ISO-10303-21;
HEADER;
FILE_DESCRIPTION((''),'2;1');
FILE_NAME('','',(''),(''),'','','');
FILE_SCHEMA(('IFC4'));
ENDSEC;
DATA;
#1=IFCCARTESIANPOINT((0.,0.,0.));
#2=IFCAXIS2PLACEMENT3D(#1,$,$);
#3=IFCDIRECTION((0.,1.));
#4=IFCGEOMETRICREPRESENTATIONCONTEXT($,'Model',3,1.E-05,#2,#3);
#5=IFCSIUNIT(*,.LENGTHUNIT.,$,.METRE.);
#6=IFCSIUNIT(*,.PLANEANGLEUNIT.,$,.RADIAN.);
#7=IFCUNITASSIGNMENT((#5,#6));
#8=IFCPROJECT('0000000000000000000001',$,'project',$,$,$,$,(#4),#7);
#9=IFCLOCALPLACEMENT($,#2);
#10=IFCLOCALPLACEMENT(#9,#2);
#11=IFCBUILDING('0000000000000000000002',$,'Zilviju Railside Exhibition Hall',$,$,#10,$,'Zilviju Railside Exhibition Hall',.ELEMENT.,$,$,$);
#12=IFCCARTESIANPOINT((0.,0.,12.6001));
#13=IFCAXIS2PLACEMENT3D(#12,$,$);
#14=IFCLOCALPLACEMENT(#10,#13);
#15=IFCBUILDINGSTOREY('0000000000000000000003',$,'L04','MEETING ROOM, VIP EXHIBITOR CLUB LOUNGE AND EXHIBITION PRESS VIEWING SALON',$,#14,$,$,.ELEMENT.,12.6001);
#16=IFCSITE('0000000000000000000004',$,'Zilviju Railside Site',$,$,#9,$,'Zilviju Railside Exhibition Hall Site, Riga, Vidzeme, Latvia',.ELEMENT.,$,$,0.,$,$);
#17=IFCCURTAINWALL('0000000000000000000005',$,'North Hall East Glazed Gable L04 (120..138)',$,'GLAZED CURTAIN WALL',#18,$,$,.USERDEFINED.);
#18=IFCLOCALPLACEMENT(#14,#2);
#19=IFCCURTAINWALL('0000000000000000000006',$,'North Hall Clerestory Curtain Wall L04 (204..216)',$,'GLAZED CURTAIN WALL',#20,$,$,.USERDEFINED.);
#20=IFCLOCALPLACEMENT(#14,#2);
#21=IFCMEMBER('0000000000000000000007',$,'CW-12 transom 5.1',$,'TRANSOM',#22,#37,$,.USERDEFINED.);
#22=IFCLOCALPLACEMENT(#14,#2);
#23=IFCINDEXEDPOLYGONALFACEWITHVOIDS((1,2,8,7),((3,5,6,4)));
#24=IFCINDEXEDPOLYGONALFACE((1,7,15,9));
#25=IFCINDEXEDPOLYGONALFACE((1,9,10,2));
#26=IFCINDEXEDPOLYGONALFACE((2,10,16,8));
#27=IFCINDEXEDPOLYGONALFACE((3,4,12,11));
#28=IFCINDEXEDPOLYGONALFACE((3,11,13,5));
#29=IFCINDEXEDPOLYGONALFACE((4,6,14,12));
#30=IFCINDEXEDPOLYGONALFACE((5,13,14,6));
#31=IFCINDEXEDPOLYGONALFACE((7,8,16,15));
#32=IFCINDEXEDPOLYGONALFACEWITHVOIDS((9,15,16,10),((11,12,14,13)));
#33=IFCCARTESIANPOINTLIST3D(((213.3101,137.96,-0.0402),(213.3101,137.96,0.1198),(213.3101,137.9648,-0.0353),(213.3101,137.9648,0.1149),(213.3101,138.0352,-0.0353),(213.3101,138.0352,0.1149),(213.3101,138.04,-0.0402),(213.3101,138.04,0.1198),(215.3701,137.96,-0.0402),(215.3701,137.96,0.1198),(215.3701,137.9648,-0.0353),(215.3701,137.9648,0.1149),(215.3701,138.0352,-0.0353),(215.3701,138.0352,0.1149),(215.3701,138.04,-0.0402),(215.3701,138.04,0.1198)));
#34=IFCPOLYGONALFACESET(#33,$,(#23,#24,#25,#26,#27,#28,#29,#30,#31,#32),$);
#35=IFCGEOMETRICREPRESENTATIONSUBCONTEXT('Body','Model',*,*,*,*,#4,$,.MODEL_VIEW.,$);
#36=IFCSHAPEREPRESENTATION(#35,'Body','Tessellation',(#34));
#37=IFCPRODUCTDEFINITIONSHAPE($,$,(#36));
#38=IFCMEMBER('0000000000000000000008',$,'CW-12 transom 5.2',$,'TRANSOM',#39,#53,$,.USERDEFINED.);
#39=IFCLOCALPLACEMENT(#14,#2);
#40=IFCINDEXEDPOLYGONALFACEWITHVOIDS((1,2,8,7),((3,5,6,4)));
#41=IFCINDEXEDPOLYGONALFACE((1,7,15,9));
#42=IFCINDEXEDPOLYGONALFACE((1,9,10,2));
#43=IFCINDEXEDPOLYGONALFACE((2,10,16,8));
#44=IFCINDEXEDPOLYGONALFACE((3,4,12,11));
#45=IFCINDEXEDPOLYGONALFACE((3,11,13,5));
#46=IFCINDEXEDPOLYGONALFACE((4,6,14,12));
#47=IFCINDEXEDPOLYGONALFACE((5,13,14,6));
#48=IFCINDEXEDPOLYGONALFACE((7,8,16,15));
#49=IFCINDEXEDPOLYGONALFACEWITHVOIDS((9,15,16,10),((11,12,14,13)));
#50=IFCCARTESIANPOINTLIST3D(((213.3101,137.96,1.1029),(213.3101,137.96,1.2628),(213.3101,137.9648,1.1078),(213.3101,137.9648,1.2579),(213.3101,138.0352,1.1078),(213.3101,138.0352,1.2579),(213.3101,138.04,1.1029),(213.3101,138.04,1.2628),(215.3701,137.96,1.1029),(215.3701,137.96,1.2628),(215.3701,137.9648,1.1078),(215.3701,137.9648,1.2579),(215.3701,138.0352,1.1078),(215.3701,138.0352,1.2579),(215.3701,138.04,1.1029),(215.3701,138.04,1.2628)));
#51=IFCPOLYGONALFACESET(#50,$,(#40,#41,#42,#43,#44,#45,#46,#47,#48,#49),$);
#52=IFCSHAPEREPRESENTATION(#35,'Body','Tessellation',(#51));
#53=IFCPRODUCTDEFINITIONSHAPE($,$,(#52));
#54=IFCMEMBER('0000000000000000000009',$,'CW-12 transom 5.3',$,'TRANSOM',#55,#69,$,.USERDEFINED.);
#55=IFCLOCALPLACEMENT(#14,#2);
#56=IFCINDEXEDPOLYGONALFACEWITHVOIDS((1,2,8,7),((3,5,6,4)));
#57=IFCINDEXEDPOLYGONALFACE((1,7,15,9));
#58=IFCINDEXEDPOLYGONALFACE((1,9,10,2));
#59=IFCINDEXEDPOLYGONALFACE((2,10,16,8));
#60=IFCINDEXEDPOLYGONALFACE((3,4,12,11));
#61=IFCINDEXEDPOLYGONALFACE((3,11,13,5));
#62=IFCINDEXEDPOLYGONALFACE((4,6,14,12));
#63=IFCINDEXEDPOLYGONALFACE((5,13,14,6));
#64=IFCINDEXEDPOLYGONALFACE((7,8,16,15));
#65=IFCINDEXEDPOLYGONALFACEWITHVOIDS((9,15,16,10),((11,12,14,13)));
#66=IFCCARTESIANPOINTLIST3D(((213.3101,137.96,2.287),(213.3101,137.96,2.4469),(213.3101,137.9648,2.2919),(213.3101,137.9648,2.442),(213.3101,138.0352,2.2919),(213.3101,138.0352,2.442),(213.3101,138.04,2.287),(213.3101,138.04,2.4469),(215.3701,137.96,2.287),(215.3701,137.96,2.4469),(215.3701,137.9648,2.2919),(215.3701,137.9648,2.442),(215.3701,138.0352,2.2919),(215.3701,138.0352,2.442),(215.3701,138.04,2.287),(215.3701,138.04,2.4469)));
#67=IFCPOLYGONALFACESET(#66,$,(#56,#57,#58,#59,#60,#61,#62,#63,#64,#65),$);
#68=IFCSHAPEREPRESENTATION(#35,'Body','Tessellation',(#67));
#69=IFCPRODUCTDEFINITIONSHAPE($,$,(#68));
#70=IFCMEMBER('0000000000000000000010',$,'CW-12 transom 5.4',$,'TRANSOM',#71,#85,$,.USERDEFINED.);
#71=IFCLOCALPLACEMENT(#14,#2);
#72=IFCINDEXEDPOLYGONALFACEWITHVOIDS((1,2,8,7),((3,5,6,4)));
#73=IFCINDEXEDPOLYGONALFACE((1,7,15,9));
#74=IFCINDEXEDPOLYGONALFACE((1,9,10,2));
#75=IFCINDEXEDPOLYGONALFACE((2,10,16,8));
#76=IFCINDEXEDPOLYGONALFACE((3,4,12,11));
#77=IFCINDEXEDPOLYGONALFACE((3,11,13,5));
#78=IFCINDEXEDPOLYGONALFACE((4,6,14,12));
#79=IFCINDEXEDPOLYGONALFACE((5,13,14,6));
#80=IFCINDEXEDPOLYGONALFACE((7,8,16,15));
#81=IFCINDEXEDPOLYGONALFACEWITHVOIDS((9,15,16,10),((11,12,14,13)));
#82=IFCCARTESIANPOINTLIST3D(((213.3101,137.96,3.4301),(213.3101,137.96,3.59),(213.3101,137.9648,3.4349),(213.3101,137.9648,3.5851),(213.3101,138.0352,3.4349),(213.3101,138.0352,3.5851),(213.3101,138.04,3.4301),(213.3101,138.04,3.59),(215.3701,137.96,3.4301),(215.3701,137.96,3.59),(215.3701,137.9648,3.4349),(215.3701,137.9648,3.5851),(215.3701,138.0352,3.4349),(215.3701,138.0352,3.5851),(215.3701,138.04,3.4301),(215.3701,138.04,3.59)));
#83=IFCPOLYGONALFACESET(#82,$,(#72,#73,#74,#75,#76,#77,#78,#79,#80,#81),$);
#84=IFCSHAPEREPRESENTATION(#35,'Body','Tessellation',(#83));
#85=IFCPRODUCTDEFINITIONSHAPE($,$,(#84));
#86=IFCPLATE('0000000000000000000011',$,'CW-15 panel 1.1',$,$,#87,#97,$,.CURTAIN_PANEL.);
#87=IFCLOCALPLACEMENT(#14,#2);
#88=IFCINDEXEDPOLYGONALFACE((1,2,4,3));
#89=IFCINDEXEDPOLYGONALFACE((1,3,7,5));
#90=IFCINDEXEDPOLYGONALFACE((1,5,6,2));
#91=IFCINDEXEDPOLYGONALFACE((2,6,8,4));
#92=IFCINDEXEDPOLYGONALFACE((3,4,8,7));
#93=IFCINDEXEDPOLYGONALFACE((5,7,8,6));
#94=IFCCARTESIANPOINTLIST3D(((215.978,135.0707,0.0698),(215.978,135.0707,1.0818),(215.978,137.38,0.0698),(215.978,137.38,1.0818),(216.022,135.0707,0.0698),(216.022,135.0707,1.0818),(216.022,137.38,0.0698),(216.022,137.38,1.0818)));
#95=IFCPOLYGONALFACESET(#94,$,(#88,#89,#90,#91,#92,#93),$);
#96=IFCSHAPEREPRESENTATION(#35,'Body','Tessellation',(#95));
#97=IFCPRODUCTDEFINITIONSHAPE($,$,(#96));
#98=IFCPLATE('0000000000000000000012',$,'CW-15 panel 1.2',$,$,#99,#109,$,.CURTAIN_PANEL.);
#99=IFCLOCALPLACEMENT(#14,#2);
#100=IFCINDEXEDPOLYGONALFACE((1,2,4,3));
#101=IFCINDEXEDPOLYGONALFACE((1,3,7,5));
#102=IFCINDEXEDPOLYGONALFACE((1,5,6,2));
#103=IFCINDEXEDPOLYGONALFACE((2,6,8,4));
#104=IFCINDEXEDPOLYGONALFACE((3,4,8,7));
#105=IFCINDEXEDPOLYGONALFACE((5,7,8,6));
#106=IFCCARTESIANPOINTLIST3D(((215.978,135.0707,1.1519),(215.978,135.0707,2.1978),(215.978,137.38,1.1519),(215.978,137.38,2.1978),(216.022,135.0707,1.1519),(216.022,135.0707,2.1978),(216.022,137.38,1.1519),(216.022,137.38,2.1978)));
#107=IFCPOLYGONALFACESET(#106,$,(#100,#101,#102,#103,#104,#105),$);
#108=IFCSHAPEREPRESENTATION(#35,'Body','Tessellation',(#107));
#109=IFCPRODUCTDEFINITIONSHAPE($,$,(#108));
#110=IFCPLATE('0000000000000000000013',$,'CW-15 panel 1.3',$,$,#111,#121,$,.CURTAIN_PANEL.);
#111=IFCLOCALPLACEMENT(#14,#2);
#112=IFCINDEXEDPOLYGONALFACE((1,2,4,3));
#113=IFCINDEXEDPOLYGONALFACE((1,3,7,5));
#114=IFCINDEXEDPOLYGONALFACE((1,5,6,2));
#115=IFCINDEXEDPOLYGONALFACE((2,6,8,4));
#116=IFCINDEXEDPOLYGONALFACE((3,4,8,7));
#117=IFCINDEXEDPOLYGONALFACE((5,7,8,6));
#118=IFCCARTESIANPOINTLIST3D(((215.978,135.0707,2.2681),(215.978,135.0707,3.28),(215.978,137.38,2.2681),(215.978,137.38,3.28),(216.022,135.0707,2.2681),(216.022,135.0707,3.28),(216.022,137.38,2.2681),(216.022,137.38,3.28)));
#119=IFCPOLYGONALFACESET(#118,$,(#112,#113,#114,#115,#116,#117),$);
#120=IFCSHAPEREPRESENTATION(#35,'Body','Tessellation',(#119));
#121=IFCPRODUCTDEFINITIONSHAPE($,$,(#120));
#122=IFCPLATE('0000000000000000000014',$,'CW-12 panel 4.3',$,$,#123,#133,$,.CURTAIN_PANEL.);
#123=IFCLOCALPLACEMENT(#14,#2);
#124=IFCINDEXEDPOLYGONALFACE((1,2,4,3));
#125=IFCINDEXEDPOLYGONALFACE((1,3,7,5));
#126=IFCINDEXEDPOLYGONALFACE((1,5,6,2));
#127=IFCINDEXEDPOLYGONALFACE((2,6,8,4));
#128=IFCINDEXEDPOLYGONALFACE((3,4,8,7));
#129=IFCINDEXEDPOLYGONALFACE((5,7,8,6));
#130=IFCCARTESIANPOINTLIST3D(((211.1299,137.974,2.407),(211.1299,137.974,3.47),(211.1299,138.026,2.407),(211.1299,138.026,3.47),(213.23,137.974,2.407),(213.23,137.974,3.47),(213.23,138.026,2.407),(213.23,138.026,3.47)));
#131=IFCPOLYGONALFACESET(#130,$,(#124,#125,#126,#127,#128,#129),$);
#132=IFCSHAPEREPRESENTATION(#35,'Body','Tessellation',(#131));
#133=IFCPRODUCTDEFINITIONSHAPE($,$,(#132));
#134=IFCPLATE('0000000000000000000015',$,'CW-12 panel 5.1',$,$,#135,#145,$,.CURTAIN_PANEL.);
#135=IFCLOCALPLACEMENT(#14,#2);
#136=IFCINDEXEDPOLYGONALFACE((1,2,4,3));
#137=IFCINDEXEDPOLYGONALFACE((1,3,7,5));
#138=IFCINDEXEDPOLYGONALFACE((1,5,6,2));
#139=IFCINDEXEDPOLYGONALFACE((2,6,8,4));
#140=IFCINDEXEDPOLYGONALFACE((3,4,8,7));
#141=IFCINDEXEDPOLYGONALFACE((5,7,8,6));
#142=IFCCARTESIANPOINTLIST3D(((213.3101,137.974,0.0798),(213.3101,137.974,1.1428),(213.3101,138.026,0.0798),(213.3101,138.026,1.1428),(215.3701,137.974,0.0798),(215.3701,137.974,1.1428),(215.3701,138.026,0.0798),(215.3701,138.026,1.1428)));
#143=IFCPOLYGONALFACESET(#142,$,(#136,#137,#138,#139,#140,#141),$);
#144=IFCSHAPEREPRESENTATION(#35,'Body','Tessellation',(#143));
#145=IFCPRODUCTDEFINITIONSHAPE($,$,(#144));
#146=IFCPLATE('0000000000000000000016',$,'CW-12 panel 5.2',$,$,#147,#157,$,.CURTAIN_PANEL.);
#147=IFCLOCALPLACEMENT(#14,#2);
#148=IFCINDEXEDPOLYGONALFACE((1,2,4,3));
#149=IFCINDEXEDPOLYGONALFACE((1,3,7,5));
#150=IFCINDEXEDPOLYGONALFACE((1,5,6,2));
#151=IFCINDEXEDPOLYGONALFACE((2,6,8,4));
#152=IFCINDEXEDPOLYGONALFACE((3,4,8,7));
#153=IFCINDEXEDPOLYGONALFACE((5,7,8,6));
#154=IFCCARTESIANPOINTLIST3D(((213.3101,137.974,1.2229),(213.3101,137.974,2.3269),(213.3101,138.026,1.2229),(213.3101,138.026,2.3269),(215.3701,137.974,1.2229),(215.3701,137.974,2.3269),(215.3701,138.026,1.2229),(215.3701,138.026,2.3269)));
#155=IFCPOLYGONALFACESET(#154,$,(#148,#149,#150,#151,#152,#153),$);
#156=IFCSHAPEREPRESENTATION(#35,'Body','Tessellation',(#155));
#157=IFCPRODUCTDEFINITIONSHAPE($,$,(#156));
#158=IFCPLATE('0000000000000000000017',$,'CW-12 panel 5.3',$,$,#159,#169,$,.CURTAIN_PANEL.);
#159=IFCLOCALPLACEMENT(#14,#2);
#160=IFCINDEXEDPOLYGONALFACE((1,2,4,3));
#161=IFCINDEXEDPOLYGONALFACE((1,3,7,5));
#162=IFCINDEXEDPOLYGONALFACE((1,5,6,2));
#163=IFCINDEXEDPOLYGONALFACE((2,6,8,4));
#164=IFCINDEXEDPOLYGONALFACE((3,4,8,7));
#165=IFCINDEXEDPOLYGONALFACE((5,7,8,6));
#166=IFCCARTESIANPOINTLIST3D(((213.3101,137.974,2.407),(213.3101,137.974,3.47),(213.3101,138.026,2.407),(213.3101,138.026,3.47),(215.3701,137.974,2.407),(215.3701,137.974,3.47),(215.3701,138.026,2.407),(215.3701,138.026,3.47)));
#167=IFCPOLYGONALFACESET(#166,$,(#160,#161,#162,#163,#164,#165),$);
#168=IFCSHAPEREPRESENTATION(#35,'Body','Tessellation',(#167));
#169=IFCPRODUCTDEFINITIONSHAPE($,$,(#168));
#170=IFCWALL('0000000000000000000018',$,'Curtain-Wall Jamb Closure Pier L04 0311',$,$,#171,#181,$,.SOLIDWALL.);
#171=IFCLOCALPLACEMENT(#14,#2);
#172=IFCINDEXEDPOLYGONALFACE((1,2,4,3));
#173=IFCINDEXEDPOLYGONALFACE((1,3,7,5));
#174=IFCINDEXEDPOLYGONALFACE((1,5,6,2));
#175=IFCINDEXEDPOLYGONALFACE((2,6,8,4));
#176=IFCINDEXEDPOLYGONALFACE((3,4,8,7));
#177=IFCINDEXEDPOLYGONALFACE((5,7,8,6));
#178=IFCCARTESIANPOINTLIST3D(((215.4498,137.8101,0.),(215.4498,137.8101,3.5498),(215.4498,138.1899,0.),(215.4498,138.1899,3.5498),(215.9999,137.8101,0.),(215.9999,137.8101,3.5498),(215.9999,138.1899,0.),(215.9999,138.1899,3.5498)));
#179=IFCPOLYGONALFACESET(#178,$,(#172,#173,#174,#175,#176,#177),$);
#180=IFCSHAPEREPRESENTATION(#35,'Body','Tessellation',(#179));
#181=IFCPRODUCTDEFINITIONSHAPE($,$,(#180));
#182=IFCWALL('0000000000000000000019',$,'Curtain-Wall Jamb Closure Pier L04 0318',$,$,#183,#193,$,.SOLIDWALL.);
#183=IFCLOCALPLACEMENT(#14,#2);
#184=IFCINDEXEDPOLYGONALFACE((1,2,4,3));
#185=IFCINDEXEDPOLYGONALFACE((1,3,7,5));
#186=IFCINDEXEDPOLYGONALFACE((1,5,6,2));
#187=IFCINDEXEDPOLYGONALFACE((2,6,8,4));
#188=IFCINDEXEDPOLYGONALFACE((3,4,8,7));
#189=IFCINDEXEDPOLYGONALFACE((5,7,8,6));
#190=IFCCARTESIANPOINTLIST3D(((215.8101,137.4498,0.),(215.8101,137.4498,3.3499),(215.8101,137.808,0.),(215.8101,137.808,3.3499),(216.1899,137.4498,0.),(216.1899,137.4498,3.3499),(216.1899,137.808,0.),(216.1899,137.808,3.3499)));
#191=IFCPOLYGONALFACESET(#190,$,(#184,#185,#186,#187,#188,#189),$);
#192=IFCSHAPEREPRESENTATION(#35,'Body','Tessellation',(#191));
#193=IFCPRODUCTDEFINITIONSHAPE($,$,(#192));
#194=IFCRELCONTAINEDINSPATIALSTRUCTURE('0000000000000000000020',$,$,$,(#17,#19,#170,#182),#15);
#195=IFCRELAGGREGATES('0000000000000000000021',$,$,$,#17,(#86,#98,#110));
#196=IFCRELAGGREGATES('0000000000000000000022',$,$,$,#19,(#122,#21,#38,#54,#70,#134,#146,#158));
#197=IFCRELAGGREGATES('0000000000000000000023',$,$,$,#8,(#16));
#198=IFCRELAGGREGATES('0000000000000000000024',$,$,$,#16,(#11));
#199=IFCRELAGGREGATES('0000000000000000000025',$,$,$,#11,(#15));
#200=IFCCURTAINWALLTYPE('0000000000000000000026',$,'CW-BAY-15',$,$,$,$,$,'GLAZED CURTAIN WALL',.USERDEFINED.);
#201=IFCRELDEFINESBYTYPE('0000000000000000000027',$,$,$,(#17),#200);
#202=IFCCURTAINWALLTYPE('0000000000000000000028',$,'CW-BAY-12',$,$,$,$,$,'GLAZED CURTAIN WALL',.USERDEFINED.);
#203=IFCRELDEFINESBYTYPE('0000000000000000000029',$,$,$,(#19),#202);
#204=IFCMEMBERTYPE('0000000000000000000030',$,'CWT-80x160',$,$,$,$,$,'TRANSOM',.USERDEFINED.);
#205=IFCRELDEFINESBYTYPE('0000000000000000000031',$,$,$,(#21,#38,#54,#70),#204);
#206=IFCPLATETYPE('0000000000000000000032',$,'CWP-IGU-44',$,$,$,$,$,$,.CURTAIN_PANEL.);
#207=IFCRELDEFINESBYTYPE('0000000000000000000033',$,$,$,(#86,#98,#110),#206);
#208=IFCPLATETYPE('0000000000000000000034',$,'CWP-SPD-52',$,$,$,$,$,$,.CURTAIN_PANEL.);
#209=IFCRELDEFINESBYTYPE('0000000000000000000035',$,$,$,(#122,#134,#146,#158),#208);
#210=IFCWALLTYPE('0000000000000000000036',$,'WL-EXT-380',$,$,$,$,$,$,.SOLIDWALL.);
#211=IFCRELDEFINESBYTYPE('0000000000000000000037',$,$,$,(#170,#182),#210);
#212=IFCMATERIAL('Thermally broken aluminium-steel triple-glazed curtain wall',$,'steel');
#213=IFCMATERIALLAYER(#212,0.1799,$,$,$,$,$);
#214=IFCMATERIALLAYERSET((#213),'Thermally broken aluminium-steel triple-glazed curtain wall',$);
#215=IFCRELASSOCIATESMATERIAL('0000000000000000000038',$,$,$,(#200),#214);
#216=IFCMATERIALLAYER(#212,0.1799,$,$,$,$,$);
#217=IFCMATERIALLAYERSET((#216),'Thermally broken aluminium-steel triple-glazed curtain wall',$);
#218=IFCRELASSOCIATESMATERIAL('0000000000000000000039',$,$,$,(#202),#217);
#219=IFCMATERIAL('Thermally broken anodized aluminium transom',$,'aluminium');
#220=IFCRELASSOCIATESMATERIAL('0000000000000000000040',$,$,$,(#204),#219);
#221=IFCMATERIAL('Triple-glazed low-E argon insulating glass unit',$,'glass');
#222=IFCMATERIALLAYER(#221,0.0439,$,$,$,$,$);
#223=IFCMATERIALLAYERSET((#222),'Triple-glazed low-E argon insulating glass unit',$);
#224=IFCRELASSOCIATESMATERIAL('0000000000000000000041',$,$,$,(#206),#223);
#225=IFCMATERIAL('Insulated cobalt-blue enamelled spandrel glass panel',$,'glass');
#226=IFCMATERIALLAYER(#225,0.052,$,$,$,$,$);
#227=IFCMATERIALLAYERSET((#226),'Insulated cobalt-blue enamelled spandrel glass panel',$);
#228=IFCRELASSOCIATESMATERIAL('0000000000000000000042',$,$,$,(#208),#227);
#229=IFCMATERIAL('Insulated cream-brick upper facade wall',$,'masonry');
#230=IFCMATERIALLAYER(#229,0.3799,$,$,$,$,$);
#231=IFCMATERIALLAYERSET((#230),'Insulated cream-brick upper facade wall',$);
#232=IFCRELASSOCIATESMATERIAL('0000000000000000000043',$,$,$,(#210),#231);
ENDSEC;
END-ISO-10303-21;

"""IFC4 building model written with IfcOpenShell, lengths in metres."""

from ifc_helpers import new_model, si_unit, direction, frame, frame_2d, origin, origin_2d, place, context, subcontext, project, spatial, rectangle, hollow_rectangle, extrude, material, layer, layer_set, material_profile, profile_set, type_object, element, aggregate, save


model = new_model("IFC4")

# Units and contexts
model_context = context("Model", 3, precision=1e-05, world=origin(), true_north=direction((0.0, 1.0)))
body_context = subcontext(model_context, "Body", "Model", "MODEL_VIEW")
ifc_project = project(units=[si_unit("LENGTHUNIT", "METRE"), si_unit("PLANEANGLEUNIT", "RADIAN")], contexts=[model_context])

# Site, building, storey
site_placement = place(None, origin())
site = spatial("IfcSite", under=ifc_project, at=site_placement, Name="Zilviju Railside Site", LongName="Zilviju Railside Exhibition Hall Site, Riga, Vidzeme, Latvia", CompositionType="ELEMENT", RefElevation=0.0)
building_placement = place(site_placement, origin())
building = spatial("IfcBuilding", under=site, at=building_placement, Name="Zilviju Railside Exhibition Hall", LongName="Zilviju Railside Exhibition Hall", CompositionType="ELEMENT")
storey_placement = place(building_placement, frame((0.0, 0.0, 12.6001)))
storey = spatial("IfcBuildingStorey", under=building, at=storey_placement, Name="L04", Description="MEETING ROOM, VIP EXHIBITOR CLUB LOUNGE AND EXHIBITION PRESS VIEWING SALON", CompositionType="ELEMENT", Elevation=12.6001)

# Curtain walls
ifc_material_1 = material(Name="Thermally broken aluminium-steel triple-glazed curtain wall", Category="steel")
ifc_layer_1 = layer(ifc_material_1, 0.1799)
ifc_layer_set_1 = layer_set([ifc_layer_1], Name="Thermally broken aluminium-steel triple-glazed curtain wall")
curtain_wall_type_1 = type_object("IfcCurtainWallType", Name="CW-BAY-15", ElementType="GLAZED CURTAIN WALL", PredefinedType="USERDEFINED", material=ifc_layer_set_1)
curtain_wall_1_placement = place(storey_placement, origin())
curtain_wall_1 = element("IfcCurtainWall", 1, at=curtain_wall_1_placement, inside=storey, type_object=curtain_wall_type_1, Name="North Hall East Glazed Gable L04 (120..138)", ObjectType="GLAZED CURTAIN WALL", PredefinedType="USERDEFINED")
ifc_layer_2 = layer(ifc_material_1, 0.1799)
ifc_layer_set_2 = layer_set([ifc_layer_2], Name="Thermally broken aluminium-steel triple-glazed curtain wall")
curtain_wall_type_2 = type_object("IfcCurtainWallType", Name="CW-BAY-12", ElementType="GLAZED CURTAIN WALL", PredefinedType="USERDEFINED", material=ifc_layer_set_2)
curtain_wall_2_placement = place(storey_placement, origin())
curtain_wall_2 = element("IfcCurtainWall", 2, at=curtain_wall_2_placement, inside=storey, type_object=curtain_wall_type_2, Name="North Hall Clerestory Curtain Wall L04 (204..216)", ObjectType="GLAZED CURTAIN WALL", PredefinedType="USERDEFINED")

# Members
ifc_material_2 = material(Name="Thermally broken anodized aluminium transom", Category="aluminium")
ifc_material_profile_1 = material_profile(ifc_material_2, hollow_rectangle(XDim=0.0801, YDim=0.1599, WallThickness=0.0049, at=origin_2d()), Name="TRANSOM 160x80x5")
ifc_profile_set_1 = profile_set([ifc_material_profile_1], Name="Thermally broken anodized aluminium transom")
member_type_1 = type_object("IfcMemberType", Name="CWT-80x160", ElementType="TRANSOM", PredefinedType="USERDEFINED", material=ifc_profile_set_1)
member_1_placement = place(storey_placement, frame((213.3101, 138.0, 0.0398), z_axis=(1.0, 0.0, 0.0), x_axis=(0.0, 1.0, 0.0)))
member_1 = element("IfcMember", 3, at=member_1_placement, type_object=member_type_1, Name="CW-12 transom 5.1", ObjectType="TRANSOM", PredefinedType="USERDEFINED", context=body_context, shape_type="SweptSolid", body=[
    extrude(hollow_rectangle(XDim=0.0801, YDim=0.1599, WallThickness=0.0049, at=origin_2d()), origin(), (0.0, 0.0, 1.0), 2.0601),
])
member_2_placement = place(storey_placement, frame((213.3101, 138.0, 1.1829), z_axis=(1.0, 0.0, 0.0), x_axis=(0.0, 1.0, 0.0)))
member_2 = element("IfcMember", 4, at=member_2_placement, type_object=member_type_1, Name="CW-12 transom 5.2", ObjectType="TRANSOM", PredefinedType="USERDEFINED", context=body_context, shape_type="SweptSolid", body=[
    extrude(hollow_rectangle(XDim=0.0801, YDim=0.1599, WallThickness=0.0049, at=origin_2d()), origin(), (0.0, 0.0, 1.0), 2.0601),
])
member_3_placement = place(storey_placement, frame((213.3101, 138.0, 2.3669), z_axis=(1.0, 0.0, 0.0), x_axis=(0.0, 1.0, 0.0)))
member_3 = element("IfcMember", 5, at=member_3_placement, type_object=member_type_1, Name="CW-12 transom 5.3", ObjectType="TRANSOM", PredefinedType="USERDEFINED", context=body_context, shape_type="SweptSolid", body=[
    extrude(hollow_rectangle(XDim=0.0801, YDim=0.1599, WallThickness=0.0049, at=origin_2d()), origin(), (0.0, 0.0, 1.0), 2.0601),
])
member_4_placement = place(storey_placement, frame((213.3101, 138.0, 3.51), z_axis=(1.0, 0.0, 0.0), x_axis=(0.0, 1.0, 0.0)))
member_4 = element("IfcMember", 6, at=member_4_placement, type_object=member_type_1, Name="CW-12 transom 5.4", ObjectType="TRANSOM", PredefinedType="USERDEFINED", context=body_context, shape_type="SweptSolid", body=[
    extrude(hollow_rectangle(XDim=0.0801, YDim=0.1599, WallThickness=0.0049, at=origin_2d()), origin(), (0.0, 0.0, 1.0), 2.0601),
])

# Plates
ifc_material_3 = material(Name="Triple-glazed low-E argon insulating glass unit", Category="glass")
ifc_layer_3 = layer(ifc_material_3, 0.0439)
ifc_layer_set_3 = layer_set([ifc_layer_3], Name="Triple-glazed low-E argon insulating glass unit")
plate_type_1 = type_object("IfcPlateType", Name="CWP-IGU-44", PredefinedType="CURTAIN_PANEL", material=ifc_layer_set_3)
plate_1_placement = place(storey_placement, frame((216.0, 136.2253, 0.0698), z_axis=(0.0, 0.0, 1.0), x_axis=(0.0, -1.0, 0.0)))
plate_1 = element("IfcPlate", 7, at=plate_1_placement, type_object=plate_type_1, Name="CW-15 panel 1.1", PredefinedType="CURTAIN_PANEL", context=body_context, shape_type="SweptSolid", body=[
    extrude(rectangle(XDim=2.3093, YDim=0.0439, at=origin_2d()), origin(), (0.0, 0.0, 1.0), 1.012),
])
plate_2_placement = place(storey_placement, frame((216.0, 136.2253, 1.1519), z_axis=(0.0, 0.0, 1.0), x_axis=(0.0, -1.0, 0.0)))
plate_2 = element("IfcPlate", 8, at=plate_2_placement, type_object=plate_type_1, Name="CW-15 panel 1.2", PredefinedType="CURTAIN_PANEL", context=body_context, shape_type="SweptSolid", body=[
    extrude(rectangle(XDim=2.3093, YDim=0.0439, at=origin_2d()), origin(), (0.0, 0.0, 1.0), 1.0459),
])
plate_3_placement = place(storey_placement, frame((216.0, 136.2253, 2.2681), z_axis=(0.0, 0.0, 1.0), x_axis=(0.0, -1.0, 0.0)))
plate_3 = element("IfcPlate", 9, at=plate_3_placement, type_object=plate_type_1, Name="CW-15 panel 1.3", PredefinedType="CURTAIN_PANEL", context=body_context, shape_type="SweptSolid", body=[
    extrude(rectangle(XDim=2.3093, YDim=0.0439, at=origin_2d()), origin(), (0.0, 0.0, 1.0), 1.012),
])
aggregate(curtain_wall_1, [plate_1, plate_2, plate_3])
ifc_material_4 = material(Name="Insulated cobalt-blue enamelled spandrel glass panel", Category="glass")
ifc_layer_4 = layer(ifc_material_4, 0.052)
ifc_layer_set_4 = layer_set([ifc_layer_4], Name="Insulated cobalt-blue enamelled spandrel glass panel")
plate_type_2 = type_object("IfcPlateType", Name="CWP-SPD-52", PredefinedType="CURTAIN_PANEL", material=ifc_layer_set_4)
plate_4_placement = place(storey_placement, frame((212.1799, 138.0, 2.407), z_axis=(0.0, 0.0, 1.0), x_axis=(1.0, 0.0, 0.0)))
plate_4 = element("IfcPlate", 10, at=plate_4_placement, type_object=plate_type_2, Name="CW-12 panel 4.3", PredefinedType="CURTAIN_PANEL", context=body_context, shape_type="SweptSolid", body=[
    extrude(rectangle(XDim=2.1001, YDim=0.052, at=origin_2d()), origin(), (0.0, 0.0, 1.0), 1.063),
])
plate_5_placement = place(storey_placement, frame((214.3401, 138.0, 0.0798), z_axis=(0.0, 0.0, 1.0), x_axis=(1.0, 0.0, 0.0)))
plate_5 = element("IfcPlate", 11, at=plate_5_placement, type_object=plate_type_2, Name="CW-12 panel 5.1", PredefinedType="CURTAIN_PANEL", context=body_context, shape_type="SweptSolid", body=[
    extrude(rectangle(XDim=2.0601, YDim=0.052, at=origin_2d()), origin(), (0.0, 0.0, 1.0), 1.063),
])
plate_6_placement = place(storey_placement, frame((214.3401, 138.0, 1.2229), z_axis=(0.0, 0.0, 1.0), x_axis=(1.0, 0.0, 0.0)))
plate_6 = element("IfcPlate", 12, at=plate_6_placement, type_object=plate_type_2, Name="CW-12 panel 5.2", PredefinedType="CURTAIN_PANEL", context=body_context, shape_type="SweptSolid", body=[
    extrude(rectangle(XDim=2.0601, YDim=0.052, at=origin_2d()), origin(), (0.0, 0.0, 1.0), 1.104),
])
plate_7_placement = place(storey_placement, frame((214.3401, 138.0, 2.407), z_axis=(0.0, 0.0, 1.0), x_axis=(1.0, 0.0, 0.0)))
plate_7 = element("IfcPlate", 13, at=plate_7_placement, type_object=plate_type_2, Name="CW-12 panel 5.3", PredefinedType="CURTAIN_PANEL", context=body_context, shape_type="SweptSolid", body=[
    extrude(rectangle(XDim=2.0601, YDim=0.052, at=origin_2d()), origin(), (0.0, 0.0, 1.0), 1.063),
])
aggregate(curtain_wall_2, [plate_4, member_1, member_2, member_3, member_4, plate_5, plate_6, plate_7])

# Walls
ifc_material_5 = material(Name="Insulated cream-brick upper facade wall", Category="masonry")
ifc_layer_5 = layer(ifc_material_5, 0.3799)
ifc_layer_set_5 = layer_set([ifc_layer_5], Name="Insulated cream-brick upper facade wall")
wall_type = type_object("IfcWallType", Name="WL-EXT-380", PredefinedType="SOLIDWALL", material=ifc_layer_set_5)
wall_1_placement = place(storey_placement, frame((215.45, 138.0, 0.0), z_axis=(0.0, 0.0, 1.0), x_axis=(1.0, 0.0, 0.0)))
element("IfcWall", 14, at=wall_1_placement, inside=storey, type_object=wall_type, Name="Curtain-Wall Jamb Closure Pier L04 0311", PredefinedType="SOLIDWALL", context=body_context, shape_type="SweptSolid", body=[
    extrude(rectangle(XDim=0.55, YDim=0.3799, at=frame_2d((0.2749, 0.0))), origin(), (0.0, 0.0, 1.0), 3.5498),
])
wall_2_placement = place(storey_placement, frame((216.0, 137.8081, 0.0), z_axis=(0.0, 0.0, 1.0), x_axis=(0.0, -1.0, 0.0)))
element("IfcWall", 15, at=wall_2_placement, inside=storey, type_object=wall_type, Name="Curtain-Wall Jamb Closure Pier L04 0318", PredefinedType="SOLIDWALL", context=body_context, shape_type="SweptSolid", body=[
    extrude(rectangle(XDim=0.3582, YDim=0.3799, at=frame_2d((0.1792, 0.0))), origin(), (0.0, 0.0, 1.0), 3.3499),
])

save(model, "model.ifc")
